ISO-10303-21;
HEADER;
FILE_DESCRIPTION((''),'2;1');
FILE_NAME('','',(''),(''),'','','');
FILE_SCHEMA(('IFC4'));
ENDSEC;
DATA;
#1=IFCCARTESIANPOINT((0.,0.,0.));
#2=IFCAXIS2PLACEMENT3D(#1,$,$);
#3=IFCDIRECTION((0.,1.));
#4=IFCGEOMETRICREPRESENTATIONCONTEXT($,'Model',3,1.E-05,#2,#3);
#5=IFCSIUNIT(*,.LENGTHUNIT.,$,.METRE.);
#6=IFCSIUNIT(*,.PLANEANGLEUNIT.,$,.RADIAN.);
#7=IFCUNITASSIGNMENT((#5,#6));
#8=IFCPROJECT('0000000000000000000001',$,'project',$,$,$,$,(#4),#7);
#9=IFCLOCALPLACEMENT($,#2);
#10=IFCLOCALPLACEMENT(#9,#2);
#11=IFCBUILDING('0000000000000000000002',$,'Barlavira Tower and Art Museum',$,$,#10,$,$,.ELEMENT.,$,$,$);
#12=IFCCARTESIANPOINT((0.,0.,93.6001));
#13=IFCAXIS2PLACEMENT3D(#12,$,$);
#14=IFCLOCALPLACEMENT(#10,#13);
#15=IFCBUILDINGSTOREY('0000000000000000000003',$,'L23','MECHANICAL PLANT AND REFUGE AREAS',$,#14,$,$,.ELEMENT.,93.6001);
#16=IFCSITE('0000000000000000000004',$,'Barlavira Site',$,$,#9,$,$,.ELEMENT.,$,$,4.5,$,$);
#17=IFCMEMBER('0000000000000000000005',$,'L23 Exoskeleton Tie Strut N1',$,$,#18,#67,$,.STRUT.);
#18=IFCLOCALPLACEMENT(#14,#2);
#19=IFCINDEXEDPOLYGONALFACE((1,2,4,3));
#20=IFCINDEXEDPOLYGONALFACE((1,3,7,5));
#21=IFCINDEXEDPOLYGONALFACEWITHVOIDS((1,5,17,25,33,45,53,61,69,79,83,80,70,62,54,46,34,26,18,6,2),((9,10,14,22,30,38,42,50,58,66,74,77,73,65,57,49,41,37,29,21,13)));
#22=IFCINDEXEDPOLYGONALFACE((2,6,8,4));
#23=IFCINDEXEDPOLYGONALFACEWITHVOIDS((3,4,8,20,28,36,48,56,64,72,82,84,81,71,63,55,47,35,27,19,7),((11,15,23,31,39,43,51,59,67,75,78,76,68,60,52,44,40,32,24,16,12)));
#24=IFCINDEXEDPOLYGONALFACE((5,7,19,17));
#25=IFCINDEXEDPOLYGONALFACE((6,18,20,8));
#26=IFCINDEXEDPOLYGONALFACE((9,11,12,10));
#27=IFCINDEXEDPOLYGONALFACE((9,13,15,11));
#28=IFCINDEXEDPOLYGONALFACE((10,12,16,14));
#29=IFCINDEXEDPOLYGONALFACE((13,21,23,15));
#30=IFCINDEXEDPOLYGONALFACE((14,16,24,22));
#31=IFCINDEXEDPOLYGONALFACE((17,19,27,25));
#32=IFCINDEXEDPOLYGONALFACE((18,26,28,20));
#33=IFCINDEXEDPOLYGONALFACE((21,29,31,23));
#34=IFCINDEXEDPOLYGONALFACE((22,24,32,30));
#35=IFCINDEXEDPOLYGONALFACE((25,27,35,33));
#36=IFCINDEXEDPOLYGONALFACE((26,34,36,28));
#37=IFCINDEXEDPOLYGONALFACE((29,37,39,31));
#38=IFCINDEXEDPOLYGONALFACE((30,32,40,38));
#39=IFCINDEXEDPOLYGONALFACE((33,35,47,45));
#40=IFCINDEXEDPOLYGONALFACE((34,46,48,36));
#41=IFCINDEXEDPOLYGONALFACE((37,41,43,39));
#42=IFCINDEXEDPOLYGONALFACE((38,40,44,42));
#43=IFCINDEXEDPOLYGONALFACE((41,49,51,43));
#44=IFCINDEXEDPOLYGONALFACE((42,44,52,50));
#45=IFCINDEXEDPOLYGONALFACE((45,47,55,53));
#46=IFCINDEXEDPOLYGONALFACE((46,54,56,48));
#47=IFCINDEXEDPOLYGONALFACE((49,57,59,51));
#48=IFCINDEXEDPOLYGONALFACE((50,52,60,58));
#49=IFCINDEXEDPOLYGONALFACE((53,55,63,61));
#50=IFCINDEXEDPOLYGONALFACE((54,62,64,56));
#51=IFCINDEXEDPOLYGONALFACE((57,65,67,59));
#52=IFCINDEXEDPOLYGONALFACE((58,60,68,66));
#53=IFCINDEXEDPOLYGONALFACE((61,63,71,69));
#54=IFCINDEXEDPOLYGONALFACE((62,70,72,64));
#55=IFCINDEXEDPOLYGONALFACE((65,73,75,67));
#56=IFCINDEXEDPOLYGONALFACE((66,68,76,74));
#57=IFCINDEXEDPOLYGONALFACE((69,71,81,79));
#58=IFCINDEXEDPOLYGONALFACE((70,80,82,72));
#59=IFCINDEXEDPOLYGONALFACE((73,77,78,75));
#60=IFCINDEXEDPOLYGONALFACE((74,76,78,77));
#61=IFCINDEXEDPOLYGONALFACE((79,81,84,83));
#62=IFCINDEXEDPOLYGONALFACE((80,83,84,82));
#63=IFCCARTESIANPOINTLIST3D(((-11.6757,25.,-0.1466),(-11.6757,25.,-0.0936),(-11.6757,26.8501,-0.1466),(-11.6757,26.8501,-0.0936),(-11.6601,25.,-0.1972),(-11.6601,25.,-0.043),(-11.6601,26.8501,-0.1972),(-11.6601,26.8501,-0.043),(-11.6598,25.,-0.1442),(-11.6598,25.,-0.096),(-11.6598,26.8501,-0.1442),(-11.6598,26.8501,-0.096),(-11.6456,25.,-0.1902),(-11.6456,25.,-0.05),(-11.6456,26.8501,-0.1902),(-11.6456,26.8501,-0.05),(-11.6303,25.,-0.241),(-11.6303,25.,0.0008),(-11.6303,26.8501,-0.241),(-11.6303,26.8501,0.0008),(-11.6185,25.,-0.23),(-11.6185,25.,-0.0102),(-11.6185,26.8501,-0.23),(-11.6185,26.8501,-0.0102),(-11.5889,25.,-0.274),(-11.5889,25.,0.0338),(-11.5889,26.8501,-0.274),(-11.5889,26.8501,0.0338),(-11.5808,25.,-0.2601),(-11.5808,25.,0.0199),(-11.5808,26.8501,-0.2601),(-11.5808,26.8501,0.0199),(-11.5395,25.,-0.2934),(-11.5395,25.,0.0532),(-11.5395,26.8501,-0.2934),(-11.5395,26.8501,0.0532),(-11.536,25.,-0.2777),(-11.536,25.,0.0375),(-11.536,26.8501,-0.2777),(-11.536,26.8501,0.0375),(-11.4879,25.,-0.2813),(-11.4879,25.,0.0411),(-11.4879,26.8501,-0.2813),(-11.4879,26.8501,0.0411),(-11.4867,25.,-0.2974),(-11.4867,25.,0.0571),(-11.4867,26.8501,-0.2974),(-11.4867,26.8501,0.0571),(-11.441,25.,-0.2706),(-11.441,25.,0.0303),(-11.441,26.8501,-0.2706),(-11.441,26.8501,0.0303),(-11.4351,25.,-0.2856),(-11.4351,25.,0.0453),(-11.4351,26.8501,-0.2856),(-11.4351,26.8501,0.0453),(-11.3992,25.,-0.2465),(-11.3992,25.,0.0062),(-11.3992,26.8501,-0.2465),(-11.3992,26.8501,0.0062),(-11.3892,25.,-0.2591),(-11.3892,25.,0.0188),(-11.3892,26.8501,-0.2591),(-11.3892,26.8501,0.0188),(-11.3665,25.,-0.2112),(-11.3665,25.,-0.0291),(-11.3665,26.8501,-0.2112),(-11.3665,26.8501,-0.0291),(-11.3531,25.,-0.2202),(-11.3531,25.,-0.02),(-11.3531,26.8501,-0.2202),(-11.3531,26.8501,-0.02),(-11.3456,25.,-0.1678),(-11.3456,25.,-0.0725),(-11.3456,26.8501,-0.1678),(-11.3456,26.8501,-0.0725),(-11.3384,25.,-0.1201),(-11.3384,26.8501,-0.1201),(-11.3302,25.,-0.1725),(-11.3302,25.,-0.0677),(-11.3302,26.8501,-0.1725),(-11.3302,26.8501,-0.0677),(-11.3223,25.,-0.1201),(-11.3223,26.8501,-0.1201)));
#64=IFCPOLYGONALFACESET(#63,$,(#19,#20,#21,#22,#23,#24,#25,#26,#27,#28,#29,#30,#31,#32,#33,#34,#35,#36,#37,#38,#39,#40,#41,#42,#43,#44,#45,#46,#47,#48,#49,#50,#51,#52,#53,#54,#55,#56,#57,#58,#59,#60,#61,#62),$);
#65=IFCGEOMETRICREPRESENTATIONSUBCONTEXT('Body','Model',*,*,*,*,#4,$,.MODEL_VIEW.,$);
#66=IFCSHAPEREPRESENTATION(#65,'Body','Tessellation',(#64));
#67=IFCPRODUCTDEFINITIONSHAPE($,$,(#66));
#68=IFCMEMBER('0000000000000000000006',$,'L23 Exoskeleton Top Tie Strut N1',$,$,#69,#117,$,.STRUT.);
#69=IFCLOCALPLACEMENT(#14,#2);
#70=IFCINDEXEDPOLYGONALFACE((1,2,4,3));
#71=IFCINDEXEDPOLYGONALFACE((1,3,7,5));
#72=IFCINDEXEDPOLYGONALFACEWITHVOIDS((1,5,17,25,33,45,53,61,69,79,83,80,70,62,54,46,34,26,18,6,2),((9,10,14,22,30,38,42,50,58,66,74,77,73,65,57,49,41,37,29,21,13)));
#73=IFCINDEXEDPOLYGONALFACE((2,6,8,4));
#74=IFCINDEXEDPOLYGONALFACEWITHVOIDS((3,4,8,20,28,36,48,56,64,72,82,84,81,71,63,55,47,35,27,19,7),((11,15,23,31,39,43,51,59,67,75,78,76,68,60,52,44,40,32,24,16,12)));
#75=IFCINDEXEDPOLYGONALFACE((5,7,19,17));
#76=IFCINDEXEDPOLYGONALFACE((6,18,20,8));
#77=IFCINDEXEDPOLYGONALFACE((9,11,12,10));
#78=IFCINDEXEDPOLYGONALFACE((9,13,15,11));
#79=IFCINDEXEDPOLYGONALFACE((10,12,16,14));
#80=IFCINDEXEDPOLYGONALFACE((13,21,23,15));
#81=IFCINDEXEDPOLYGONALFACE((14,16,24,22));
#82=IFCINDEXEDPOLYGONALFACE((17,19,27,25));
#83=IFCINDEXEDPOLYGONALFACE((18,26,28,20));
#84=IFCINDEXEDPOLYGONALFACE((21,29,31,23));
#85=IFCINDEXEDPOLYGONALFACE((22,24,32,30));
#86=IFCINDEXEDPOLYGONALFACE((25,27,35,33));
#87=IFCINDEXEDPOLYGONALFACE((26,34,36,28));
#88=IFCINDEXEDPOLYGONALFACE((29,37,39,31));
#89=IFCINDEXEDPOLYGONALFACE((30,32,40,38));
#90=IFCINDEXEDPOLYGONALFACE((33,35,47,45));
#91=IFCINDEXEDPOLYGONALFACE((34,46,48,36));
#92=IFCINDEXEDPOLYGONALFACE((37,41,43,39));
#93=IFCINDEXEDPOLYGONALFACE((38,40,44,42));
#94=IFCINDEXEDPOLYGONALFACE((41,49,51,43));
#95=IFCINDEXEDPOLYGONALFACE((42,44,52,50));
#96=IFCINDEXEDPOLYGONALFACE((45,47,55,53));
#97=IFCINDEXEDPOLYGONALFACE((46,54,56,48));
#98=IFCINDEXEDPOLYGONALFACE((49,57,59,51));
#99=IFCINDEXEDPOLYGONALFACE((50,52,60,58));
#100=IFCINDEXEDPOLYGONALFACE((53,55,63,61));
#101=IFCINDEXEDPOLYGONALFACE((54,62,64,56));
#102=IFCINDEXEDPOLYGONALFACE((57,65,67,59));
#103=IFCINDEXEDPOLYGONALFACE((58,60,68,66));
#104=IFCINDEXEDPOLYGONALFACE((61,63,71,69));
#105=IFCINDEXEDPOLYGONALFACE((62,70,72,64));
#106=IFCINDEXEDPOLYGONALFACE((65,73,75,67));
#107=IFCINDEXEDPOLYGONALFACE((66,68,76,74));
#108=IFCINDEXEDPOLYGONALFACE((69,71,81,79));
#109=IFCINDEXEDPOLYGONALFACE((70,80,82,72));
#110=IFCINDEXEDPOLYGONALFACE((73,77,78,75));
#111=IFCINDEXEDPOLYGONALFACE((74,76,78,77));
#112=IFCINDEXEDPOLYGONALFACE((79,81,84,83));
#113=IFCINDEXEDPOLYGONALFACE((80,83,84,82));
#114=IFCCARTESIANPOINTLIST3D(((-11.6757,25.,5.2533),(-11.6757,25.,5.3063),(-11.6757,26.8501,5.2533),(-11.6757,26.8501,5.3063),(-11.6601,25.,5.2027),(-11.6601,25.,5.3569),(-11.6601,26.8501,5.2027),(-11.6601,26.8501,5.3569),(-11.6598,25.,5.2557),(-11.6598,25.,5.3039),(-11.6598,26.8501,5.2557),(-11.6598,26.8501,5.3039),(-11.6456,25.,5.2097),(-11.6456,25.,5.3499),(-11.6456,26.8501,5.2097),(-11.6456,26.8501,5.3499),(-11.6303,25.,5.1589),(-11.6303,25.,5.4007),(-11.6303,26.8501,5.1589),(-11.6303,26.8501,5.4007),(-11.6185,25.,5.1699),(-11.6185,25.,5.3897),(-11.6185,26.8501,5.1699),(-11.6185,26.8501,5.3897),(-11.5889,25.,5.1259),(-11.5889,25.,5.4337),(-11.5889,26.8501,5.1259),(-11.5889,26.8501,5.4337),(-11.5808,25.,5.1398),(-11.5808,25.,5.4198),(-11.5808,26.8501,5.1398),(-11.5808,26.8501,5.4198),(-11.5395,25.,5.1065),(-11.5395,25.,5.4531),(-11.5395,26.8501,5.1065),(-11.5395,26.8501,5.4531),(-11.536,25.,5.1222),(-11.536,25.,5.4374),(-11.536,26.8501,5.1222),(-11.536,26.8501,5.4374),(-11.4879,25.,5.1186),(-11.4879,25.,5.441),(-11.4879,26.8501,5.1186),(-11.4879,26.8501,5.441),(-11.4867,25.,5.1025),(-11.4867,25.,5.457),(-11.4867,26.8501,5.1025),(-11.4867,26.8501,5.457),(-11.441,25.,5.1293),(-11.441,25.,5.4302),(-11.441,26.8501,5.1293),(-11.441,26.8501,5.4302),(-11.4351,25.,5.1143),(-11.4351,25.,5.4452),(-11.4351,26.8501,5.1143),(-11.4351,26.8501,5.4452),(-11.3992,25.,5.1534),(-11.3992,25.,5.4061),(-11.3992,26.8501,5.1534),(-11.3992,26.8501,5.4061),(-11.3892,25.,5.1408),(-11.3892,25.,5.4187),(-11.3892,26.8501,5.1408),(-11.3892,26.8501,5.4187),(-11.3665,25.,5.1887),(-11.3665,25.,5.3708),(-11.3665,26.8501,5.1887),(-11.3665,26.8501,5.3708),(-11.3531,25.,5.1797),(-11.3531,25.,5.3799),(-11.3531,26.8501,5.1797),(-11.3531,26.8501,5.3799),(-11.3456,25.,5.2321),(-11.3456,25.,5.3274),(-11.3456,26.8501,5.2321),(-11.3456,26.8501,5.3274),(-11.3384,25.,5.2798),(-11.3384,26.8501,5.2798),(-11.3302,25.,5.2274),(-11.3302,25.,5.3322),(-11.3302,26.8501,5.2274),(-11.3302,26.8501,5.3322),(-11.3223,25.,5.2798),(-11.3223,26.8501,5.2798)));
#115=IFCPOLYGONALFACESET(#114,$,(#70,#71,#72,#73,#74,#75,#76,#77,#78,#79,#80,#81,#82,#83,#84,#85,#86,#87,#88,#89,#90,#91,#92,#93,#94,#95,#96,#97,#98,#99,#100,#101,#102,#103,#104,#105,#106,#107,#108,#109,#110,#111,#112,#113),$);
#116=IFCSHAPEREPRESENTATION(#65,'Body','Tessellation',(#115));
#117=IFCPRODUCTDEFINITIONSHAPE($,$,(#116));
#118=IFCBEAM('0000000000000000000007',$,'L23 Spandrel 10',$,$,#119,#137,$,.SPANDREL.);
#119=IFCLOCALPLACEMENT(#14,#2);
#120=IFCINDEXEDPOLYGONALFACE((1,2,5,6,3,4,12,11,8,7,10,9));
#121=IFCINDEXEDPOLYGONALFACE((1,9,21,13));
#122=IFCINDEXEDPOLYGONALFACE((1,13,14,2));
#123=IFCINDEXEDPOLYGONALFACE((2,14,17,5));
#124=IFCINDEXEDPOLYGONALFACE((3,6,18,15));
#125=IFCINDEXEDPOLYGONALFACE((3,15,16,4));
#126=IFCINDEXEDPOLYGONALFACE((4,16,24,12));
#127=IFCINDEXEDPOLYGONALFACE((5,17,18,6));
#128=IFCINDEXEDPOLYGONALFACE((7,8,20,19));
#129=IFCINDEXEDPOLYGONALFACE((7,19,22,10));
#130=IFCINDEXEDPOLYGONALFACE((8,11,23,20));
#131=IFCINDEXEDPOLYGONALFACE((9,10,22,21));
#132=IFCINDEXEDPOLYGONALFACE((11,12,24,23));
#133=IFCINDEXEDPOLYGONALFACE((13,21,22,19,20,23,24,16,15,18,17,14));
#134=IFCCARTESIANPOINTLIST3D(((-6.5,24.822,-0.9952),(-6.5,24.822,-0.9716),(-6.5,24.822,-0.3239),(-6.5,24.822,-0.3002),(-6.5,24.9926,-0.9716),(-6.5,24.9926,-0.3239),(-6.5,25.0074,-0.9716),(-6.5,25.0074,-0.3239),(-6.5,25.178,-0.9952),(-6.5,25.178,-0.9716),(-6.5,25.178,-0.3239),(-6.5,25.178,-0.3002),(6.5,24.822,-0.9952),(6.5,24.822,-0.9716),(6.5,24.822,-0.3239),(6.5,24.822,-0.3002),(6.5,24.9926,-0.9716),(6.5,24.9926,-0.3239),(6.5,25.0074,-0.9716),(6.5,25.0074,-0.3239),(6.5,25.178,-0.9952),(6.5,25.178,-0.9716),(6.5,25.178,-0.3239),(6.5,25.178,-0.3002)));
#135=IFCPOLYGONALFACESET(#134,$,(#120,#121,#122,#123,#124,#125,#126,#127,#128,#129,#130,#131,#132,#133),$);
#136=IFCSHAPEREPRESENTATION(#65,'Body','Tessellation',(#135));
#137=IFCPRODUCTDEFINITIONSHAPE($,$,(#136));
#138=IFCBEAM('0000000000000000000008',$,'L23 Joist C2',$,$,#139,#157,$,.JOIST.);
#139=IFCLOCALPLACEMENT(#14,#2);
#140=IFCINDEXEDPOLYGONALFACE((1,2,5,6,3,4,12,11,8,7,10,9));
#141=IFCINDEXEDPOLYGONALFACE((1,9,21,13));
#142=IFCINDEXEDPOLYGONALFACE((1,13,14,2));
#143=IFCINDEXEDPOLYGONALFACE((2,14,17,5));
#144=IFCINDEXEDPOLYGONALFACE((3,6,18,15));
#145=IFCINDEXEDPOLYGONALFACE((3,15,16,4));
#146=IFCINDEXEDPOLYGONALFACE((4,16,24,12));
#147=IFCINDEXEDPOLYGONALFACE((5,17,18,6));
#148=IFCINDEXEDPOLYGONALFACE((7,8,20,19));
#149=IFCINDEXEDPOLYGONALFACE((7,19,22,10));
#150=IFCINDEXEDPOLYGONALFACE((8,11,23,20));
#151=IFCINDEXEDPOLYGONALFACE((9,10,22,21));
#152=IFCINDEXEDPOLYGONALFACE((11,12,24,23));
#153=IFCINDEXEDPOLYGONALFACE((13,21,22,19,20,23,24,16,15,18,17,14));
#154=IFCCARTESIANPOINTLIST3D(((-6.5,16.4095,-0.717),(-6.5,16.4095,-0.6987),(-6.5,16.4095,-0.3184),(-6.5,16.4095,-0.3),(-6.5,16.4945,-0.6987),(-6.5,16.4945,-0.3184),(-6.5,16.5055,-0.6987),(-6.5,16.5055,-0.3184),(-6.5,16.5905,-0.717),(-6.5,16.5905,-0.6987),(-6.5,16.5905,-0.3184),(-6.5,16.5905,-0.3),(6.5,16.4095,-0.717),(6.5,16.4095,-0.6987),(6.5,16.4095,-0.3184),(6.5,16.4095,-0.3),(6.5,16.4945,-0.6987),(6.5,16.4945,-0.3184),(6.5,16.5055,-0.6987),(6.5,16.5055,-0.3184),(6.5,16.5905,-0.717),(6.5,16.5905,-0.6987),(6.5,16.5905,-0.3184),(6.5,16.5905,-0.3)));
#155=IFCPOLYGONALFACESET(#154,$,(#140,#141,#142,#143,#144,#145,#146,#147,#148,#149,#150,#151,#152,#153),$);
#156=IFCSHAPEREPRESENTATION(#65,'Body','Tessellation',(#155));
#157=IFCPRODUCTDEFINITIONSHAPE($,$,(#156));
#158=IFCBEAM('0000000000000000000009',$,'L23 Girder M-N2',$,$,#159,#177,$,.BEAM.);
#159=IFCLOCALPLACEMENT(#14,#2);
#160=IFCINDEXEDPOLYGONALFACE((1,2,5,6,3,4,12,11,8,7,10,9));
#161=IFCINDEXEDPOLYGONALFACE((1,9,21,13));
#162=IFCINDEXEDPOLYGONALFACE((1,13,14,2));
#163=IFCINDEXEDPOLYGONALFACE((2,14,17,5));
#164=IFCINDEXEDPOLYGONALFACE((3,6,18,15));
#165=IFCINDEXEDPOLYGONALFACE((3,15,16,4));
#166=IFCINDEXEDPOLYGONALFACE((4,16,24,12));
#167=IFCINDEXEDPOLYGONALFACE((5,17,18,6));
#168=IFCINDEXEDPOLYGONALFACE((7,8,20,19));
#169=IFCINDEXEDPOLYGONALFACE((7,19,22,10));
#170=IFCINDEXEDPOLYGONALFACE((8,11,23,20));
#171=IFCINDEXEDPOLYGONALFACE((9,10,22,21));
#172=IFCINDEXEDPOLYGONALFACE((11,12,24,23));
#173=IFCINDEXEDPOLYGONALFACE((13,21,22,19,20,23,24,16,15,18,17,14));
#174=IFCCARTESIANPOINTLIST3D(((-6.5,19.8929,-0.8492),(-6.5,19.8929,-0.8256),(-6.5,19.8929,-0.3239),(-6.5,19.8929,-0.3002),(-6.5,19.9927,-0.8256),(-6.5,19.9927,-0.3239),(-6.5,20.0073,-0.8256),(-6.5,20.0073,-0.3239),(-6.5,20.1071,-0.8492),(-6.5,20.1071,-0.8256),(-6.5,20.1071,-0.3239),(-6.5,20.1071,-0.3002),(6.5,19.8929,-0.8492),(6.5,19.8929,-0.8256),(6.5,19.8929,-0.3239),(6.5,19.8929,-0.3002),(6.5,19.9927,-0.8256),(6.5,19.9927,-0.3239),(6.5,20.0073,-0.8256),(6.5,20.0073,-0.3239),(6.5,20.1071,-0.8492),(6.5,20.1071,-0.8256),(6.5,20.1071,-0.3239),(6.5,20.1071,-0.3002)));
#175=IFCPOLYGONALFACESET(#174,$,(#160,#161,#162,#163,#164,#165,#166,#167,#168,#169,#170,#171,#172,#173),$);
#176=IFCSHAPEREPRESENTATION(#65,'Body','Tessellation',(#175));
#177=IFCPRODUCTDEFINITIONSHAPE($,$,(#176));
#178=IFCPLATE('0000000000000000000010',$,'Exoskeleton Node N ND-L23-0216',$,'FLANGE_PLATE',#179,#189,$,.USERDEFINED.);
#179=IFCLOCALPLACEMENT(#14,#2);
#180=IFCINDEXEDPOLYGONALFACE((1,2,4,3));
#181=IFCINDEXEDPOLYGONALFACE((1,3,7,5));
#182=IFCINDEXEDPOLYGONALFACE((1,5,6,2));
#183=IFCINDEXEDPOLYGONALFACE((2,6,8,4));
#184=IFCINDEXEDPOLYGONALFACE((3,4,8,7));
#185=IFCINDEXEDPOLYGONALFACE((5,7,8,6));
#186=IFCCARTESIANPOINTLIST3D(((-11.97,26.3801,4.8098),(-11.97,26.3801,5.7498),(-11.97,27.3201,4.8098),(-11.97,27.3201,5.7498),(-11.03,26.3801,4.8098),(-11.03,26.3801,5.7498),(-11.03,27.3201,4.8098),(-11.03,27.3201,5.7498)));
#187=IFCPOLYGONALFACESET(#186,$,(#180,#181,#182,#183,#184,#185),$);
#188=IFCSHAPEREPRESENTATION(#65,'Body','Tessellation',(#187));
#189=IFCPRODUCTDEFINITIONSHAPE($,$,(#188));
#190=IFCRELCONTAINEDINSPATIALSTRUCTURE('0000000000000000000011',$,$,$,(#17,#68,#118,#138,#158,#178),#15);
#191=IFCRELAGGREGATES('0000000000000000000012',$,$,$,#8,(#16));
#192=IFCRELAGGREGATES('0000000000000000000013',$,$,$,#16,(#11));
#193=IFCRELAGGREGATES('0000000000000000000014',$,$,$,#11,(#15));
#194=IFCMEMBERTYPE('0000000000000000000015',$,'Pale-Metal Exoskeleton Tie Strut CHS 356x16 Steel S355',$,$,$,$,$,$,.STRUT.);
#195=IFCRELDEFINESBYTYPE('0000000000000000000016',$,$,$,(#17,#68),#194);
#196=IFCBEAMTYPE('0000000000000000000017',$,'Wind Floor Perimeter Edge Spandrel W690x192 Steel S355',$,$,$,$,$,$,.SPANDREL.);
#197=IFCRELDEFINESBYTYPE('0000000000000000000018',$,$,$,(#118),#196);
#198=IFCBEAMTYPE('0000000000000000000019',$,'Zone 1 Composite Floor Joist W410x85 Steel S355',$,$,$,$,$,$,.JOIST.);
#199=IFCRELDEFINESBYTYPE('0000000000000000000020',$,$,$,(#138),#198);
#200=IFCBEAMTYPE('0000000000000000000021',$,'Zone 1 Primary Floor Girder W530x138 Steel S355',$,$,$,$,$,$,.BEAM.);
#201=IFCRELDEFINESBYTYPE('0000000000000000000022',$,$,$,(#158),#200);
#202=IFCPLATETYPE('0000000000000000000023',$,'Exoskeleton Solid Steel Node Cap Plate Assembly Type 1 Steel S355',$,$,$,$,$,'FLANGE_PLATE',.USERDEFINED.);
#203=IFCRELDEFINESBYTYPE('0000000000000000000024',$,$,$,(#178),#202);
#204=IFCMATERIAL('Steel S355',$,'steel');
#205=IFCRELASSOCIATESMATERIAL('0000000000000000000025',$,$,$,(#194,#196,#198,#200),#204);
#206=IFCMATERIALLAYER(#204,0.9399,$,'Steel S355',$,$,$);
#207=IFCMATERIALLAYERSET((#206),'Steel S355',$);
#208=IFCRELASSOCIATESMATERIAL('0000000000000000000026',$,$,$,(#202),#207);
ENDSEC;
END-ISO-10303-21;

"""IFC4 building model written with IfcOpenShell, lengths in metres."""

from ifc_helpers import new_model, si_unit, direction, frame, origin, origin_2d, place, context, subcontext, project, spatial, rectangle, hollow_circle, i_section, extrude, material, layer, layer_set, material_profile, profile_set, type_object, element, save


model = new_model("IFC4")

# Units and contexts
model_context = context("Model", 3, precision=1e-05, world=origin(), true_north=direction((0.0, 1.0)))
body_context = subcontext(model_context, "Body", "Model", "MODEL_VIEW")
ifc_project = project(units=[si_unit("LENGTHUNIT", "METRE"), si_unit("PLANEANGLEUNIT", "RADIAN")], contexts=[model_context])

# Site, building, storey
site_placement = place(None, origin())
site = spatial("IfcSite", under=ifc_project, at=site_placement, Name="Barlavira Site", CompositionType="ELEMENT", RefElevation=4.5)
building_placement = place(site_placement, origin())
building = spatial("IfcBuilding", under=site, at=building_placement, Name="Barlavira Tower and Art Museum", CompositionType="ELEMENT")
storey_placement = place(building_placement, frame((0.0, 0.0, 93.6001)))
storey = spatial("IfcBuildingStorey", under=building, at=storey_placement, Name="L23", Description="MECHANICAL PLANT AND REFUGE AREAS", CompositionType="ELEMENT", Elevation=93.6001)

# Members
ifc_material_1 = material(Name="Steel S355", Category="steel")
ifc_material_profile_1 = material_profile(ifc_material_1, hollow_circle(Radius=0.1777, WallThickness=0.0161, at=origin_2d()), Name="CHS 355.6x16.0")
ifc_profile_set_1 = profile_set([ifc_material_profile_1], Name="Steel S355")
member_type_1 = type_object("IfcMemberType", Name="Pale-Metal Exoskeleton Tie Strut CHS 356x16 Steel S355", PredefinedType="STRUT", material=ifc_profile_set_1)
for number, where, z_axis, x_axis, name in (
    (1, (-11.5, 26.8501, -0.1201), (0.0, -1.0, 0.0), (1.0, 0.0, 0.0), "L23 Exoskeleton Tie Strut N1"),
    (2, (-11.5, 26.8501, 5.2798), (0.0, -1.0, 0.0), (1.0, 0.0, 0.0), "L23 Exoskeleton Top Tie Strut N1"),
):
    element("IfcMember", number, at=place(storey_placement, frame(where, z_axis=z_axis, x_axis=x_axis)), inside=storey, type_object=member_type_1, Name=name, PredefinedType="STRUT", context=body_context, shape_type="SweptSolid", body=[
        extrude(hollow_circle(Radius=0.1777, WallThickness=0.0161, at=origin_2d()), origin(), (0.0, 0.0, 1.0), 1.8501),
    ])

# Beams
ifc_material_profile_2 = material_profile(ifc_material_1, i_section(OverallWidth=0.356, OverallDepth=0.6951, WebThickness=0.0149, FlangeThickness=0.0237, at=origin_2d()), Name="W690x192.0")
ifc_profile_set_2 = profile_set([ifc_material_profile_2], Name="Steel S355")
beam_type_1 = type_object("IfcBeamType", Name="Wind Floor Perimeter Edge Spandrel W690x192 Steel S355", PredefinedType="SPANDREL", material=ifc_profile_set_2)
beam_1_placement = place(storey_placement, frame((-6.5, 25.0, -0.6477), z_axis=(1.0, 0.0, 0.0), x_axis=(0.0, 1.0, 0.0)))
element("IfcBeam", 3, at=beam_1_placement, inside=storey, type_object=beam_type_1, Name="L23 Spandrel 10", PredefinedType="SPANDREL", context=body_context, shape_type="SweptSolid", body=[
    extrude(i_section(OverallWidth=0.356, OverallDepth=0.6951, WebThickness=0.0149, FlangeThickness=0.0237, at=origin_2d()), origin(), (0.0, 0.0, 1.0), 13.0),
])
ifc_material_profile_3 = material_profile(ifc_material_1, i_section(OverallWidth=0.1809, OverallDepth=0.417, WebThickness=0.011, FlangeThickness=0.0183, at=origin_2d()), Name="W410x85.0")
ifc_profile_set_3 = profile_set([ifc_material_profile_3], Name="Steel S355")
beam_type_2 = type_object("IfcBeamType", Name="Zone 1 Composite Floor Joist W410x85 Steel S355", PredefinedType="JOIST", material=ifc_profile_set_3)
beam_2_placement = place(storey_placement, frame((-6.5, 16.5, -0.5085), z_axis=(1.0, 0.0, 0.0), x_axis=(0.0, 1.0, 0.0)))
element("IfcBeam", 4, at=beam_2_placement, inside=storey, type_object=beam_type_2, Name="L23 Joist C2", PredefinedType="JOIST", context=body_context, shape_type="SweptSolid", body=[
    extrude(i_section(OverallWidth=0.1809, OverallDepth=0.417, WebThickness=0.011, FlangeThickness=0.0183, at=origin_2d()), origin(), (0.0, 0.0, 1.0), 13.0),
])
ifc_material_profile_4 = material_profile(ifc_material_1, i_section(OverallWidth=0.2141, OverallDepth=0.5491, WebThickness=0.0146, FlangeThickness=0.0237, at=origin_2d()), Name="W530x138.0")
ifc_profile_set_4 = profile_set([ifc_material_profile_4], Name="Steel S355")
beam_type_3 = type_object("IfcBeamType", Name="Zone 1 Primary Floor Girder W530x138 Steel S355", PredefinedType="BEAM", material=ifc_profile_set_4)
beam_3_placement = place(storey_placement, frame((-6.5, 20.0, -0.5747), z_axis=(1.0, 0.0, 0.0), x_axis=(0.0, 1.0, 0.0)))
element("IfcBeam", 5, at=beam_3_placement, inside=storey, type_object=beam_type_3, Name="L23 Girder M-N2", PredefinedType="BEAM", context=body_context, shape_type="SweptSolid", body=[
    extrude(i_section(OverallWidth=0.2141, OverallDepth=0.5491, WebThickness=0.0146, FlangeThickness=0.0237, at=origin_2d()), origin(), (0.0, 0.0, 1.0), 13.0),
])

# Plate
ifc_layer_1 = layer(ifc_material_1, 0.9399, Name="Steel S355")
ifc_layer_set_1 = layer_set([ifc_layer_1], Name="Steel S355")
plate_type_1 = type_object("IfcPlateType", Name="Exoskeleton Solid Steel Node Cap Plate Assembly Type 1 Steel S355", ElementType="FLANGE_PLATE", PredefinedType="USERDEFINED", material=ifc_layer_set_1)
for number, where, z_axis, x_axis, name in (
    (6, (-11.5, 26.8501, 4.8098), (0.0, 0.0, 1.0), (1.0, 0.0, 0.0), "Exoskeleton Node N ND-L23-0216"),
):
    element("IfcPlate", number, at=place(storey_placement, frame(where, z_axis=z_axis, x_axis=x_axis)), inside=storey, type_object=plate_type_1, Name=name, ObjectType="FLANGE_PLATE", PredefinedType="USERDEFINED", context=body_context, shape_type="SweptSolid", body=[
        extrude(rectangle(XDim=0.9399, YDim=0.9399, at=origin_2d()), origin(), (0.0, 0.0, 1.0), 0.9399),
    ])

save(model, "model.ifc")
